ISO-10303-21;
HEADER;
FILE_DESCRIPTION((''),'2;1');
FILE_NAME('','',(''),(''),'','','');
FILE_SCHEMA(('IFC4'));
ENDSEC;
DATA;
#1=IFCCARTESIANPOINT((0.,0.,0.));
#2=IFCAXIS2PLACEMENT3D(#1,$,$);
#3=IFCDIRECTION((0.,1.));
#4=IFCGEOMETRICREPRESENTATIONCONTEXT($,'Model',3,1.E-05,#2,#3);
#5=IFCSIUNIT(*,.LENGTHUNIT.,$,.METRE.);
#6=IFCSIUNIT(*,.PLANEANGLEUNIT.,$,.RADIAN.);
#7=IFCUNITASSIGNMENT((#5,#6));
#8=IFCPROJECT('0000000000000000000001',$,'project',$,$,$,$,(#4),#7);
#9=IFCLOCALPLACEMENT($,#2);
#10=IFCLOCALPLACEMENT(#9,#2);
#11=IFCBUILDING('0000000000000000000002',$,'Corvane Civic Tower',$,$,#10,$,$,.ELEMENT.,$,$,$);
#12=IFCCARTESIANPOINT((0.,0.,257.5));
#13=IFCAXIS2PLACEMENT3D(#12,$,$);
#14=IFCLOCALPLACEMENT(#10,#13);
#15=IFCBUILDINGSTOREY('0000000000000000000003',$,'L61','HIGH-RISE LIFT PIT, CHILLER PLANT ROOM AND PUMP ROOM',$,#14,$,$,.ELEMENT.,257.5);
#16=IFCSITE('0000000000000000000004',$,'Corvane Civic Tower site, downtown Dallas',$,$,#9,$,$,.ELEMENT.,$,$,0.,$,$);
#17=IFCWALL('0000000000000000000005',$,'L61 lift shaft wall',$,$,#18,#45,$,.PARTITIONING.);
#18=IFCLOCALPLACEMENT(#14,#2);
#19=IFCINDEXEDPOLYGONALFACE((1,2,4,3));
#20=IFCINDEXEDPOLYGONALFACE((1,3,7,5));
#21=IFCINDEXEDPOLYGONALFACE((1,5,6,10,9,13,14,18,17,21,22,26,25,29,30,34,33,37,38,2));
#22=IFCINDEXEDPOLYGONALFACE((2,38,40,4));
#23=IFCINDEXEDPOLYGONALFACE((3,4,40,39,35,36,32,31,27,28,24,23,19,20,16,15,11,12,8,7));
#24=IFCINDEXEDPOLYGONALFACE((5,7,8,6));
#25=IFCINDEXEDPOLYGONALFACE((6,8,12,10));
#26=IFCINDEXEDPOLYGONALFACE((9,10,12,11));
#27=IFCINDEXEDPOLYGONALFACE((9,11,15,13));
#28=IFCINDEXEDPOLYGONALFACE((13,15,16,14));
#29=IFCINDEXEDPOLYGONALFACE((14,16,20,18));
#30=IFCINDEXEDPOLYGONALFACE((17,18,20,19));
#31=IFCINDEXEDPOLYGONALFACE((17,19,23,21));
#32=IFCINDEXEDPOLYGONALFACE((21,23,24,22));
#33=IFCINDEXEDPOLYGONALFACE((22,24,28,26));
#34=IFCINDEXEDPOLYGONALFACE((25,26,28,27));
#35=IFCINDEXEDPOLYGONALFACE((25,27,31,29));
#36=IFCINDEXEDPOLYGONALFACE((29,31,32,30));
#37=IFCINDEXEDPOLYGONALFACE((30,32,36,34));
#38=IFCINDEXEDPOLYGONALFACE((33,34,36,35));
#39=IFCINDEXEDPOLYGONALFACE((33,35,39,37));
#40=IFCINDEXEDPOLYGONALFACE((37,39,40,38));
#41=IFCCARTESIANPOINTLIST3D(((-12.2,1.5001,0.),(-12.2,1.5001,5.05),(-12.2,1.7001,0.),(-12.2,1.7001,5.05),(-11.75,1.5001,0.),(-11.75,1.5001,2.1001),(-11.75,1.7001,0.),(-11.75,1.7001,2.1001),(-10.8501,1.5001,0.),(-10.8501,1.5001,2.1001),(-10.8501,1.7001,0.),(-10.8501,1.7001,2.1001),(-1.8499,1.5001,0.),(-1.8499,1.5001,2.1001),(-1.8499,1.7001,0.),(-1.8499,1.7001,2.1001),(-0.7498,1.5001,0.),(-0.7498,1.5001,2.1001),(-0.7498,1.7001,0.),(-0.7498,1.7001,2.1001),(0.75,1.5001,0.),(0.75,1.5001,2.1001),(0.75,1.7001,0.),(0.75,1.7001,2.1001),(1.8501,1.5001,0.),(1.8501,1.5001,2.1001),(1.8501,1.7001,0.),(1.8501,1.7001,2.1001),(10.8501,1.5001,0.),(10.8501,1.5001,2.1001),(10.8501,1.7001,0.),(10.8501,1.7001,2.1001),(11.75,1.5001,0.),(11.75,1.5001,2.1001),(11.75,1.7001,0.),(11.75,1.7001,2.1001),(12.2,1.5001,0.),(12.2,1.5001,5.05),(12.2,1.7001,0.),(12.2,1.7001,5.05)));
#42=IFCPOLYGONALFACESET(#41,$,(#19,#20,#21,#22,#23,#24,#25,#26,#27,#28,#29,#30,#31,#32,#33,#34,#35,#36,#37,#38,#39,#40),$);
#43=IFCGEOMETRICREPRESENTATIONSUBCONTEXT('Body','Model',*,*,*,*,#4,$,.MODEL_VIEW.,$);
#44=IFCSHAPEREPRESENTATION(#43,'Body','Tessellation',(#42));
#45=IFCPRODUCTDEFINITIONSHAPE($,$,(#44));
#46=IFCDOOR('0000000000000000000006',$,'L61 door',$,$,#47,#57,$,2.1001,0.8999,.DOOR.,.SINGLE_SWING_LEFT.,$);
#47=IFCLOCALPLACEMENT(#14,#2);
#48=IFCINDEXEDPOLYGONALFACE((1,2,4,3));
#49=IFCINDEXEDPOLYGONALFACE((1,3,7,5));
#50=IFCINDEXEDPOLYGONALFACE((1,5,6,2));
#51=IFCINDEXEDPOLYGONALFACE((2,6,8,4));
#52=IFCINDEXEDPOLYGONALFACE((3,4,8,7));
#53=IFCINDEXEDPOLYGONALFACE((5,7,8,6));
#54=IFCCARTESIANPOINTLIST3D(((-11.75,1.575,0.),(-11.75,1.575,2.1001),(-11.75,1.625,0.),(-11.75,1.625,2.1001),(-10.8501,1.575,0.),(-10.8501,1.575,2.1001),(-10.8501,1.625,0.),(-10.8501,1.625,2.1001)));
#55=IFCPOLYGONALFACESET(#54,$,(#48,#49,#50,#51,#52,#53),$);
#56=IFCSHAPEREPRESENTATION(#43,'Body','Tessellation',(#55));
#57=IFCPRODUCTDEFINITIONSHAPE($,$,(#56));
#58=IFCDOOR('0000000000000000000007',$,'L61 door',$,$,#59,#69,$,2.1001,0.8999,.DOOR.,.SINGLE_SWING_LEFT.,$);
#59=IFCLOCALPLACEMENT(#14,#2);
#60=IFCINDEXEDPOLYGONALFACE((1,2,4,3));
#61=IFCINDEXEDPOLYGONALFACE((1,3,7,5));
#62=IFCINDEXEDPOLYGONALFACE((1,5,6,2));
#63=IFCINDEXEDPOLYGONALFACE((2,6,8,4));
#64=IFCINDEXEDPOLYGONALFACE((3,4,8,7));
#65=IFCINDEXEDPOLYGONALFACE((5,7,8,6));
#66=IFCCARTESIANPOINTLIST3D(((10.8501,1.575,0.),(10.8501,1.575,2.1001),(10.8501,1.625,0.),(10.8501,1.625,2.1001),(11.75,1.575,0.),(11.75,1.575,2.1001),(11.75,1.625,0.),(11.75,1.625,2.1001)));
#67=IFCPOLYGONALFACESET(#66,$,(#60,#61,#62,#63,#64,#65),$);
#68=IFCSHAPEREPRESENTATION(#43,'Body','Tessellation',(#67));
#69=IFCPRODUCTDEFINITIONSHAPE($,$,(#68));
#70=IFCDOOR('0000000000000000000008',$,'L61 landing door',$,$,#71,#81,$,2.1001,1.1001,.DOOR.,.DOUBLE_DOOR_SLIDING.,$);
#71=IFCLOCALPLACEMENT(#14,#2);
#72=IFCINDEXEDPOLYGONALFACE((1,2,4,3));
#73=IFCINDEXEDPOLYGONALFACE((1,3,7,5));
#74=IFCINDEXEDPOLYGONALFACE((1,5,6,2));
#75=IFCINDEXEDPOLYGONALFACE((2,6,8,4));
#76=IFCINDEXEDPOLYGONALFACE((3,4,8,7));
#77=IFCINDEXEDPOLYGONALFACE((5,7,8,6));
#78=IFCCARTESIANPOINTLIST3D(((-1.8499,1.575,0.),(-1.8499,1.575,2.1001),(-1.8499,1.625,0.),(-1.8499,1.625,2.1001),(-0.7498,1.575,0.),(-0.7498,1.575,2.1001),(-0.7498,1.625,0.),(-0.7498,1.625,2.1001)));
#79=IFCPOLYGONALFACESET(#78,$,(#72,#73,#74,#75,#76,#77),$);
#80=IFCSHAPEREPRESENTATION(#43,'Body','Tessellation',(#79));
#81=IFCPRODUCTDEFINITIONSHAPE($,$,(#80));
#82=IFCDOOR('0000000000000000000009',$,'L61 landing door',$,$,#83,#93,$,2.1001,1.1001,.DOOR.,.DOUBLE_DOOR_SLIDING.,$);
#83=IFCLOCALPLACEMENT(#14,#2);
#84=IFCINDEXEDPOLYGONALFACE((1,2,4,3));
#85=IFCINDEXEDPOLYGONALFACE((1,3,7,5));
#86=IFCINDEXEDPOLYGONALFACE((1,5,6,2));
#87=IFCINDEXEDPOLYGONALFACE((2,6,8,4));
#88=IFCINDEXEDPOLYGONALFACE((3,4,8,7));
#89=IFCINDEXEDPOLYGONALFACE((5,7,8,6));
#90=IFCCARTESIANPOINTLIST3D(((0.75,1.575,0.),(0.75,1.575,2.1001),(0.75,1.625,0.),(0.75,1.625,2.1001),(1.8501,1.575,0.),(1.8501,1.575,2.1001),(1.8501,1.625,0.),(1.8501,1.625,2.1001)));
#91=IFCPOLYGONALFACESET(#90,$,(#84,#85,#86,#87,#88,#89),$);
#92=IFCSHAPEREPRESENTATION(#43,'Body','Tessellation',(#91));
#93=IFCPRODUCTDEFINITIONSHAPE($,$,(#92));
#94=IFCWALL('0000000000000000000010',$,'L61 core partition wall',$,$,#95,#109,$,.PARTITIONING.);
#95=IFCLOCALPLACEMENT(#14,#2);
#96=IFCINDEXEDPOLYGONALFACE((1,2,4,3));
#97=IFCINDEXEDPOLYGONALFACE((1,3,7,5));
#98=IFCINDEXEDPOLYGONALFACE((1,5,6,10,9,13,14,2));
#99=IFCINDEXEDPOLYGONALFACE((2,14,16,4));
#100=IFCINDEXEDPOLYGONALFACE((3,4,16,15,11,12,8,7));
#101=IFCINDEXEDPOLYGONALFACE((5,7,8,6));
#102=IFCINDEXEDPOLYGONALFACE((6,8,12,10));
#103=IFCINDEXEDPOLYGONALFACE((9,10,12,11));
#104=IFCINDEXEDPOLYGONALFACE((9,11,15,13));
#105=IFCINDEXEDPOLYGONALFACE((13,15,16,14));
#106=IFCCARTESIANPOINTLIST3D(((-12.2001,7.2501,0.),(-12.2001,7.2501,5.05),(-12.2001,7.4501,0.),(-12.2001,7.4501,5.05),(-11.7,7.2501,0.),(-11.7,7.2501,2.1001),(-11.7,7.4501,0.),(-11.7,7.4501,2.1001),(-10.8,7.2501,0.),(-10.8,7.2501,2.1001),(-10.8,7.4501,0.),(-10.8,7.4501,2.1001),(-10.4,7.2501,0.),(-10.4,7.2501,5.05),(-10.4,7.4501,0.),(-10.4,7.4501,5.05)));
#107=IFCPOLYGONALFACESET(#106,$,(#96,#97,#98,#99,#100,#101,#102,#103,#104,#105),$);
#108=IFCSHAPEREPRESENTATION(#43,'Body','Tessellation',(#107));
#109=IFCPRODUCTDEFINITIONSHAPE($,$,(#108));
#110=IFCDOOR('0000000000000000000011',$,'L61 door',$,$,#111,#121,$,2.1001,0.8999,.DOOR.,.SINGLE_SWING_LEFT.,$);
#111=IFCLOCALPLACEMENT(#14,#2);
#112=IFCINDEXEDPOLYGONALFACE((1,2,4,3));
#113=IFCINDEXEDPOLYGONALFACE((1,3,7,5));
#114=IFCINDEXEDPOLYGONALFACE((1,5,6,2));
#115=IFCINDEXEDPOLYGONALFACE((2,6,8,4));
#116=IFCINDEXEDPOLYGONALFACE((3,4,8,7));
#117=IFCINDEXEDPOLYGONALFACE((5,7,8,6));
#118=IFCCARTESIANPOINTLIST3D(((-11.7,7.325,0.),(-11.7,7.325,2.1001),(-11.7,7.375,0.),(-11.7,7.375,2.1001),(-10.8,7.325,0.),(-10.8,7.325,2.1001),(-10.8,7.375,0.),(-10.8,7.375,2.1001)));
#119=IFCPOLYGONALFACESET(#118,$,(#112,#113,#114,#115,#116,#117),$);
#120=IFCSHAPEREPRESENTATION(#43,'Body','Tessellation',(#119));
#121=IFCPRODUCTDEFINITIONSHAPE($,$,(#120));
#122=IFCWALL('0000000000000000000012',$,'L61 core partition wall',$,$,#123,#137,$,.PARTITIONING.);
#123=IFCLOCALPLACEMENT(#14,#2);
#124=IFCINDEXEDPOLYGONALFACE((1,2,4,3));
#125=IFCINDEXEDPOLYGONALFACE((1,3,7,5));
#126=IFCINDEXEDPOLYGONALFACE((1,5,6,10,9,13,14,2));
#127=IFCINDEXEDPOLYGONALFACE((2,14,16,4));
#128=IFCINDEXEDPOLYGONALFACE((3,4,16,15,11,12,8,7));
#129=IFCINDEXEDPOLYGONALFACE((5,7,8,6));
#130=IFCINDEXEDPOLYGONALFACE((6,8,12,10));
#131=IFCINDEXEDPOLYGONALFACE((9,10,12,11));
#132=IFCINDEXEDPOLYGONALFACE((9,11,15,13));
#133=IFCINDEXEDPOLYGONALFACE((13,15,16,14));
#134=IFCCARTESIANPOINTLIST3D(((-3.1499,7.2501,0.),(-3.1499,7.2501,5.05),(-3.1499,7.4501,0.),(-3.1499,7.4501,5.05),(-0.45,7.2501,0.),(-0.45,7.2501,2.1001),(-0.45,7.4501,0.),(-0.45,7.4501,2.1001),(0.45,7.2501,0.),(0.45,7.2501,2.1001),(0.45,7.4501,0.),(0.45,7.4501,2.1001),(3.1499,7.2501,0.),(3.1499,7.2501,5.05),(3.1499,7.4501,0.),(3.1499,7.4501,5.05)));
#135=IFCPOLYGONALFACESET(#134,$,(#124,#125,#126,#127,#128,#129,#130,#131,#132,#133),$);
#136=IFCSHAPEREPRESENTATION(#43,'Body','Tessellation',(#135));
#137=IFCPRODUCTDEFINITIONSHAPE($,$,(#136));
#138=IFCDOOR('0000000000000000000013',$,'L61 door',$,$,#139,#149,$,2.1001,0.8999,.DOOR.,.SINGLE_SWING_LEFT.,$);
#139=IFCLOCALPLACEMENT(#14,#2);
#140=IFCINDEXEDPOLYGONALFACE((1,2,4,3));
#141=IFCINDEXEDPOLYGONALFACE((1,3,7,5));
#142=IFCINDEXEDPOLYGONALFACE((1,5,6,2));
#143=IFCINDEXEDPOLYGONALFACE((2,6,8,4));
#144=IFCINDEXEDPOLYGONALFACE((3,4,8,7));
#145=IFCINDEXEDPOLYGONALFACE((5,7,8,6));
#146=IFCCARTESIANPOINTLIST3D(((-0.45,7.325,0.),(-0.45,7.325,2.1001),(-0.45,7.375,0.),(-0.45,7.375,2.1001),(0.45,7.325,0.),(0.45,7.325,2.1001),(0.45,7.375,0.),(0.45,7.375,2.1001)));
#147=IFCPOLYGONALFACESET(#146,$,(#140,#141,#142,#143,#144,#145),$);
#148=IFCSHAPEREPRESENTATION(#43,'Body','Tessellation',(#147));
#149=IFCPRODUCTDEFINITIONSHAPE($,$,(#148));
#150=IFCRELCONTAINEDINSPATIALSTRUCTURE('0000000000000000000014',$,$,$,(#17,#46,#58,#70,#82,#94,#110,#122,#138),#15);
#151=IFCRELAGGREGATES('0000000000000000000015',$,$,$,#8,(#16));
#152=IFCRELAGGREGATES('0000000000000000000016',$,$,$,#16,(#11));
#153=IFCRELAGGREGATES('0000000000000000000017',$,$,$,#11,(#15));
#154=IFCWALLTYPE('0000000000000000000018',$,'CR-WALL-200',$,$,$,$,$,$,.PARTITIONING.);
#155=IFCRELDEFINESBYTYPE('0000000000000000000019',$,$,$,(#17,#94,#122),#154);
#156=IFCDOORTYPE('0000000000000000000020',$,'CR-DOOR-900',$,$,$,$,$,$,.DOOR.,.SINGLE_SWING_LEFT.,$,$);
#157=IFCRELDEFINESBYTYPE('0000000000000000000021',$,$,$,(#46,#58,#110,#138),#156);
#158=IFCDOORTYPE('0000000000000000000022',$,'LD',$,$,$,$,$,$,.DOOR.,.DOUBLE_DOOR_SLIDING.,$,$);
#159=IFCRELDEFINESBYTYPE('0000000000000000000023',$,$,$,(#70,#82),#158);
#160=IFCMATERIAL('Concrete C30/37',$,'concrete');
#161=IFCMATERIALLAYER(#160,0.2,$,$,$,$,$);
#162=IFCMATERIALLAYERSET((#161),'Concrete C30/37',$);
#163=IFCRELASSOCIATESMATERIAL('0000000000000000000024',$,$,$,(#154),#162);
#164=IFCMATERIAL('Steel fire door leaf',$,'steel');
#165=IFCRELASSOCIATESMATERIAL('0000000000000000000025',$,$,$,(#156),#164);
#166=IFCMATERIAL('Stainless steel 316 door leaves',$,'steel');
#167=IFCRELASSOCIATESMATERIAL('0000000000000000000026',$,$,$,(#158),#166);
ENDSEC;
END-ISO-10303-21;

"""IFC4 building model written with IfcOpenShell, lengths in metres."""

from ifc_helpers import new_model, si_unit, direction, frame, frame_2d, origin, place, context, subcontext, project, spatial, rectangle, extrude, material, layer, layer_set, type_object, element, fill, save


model = new_model("IFC4")

# Units and contexts
model_context = context("Model", 3, precision=1e-05, world=origin(), true_north=direction((0.0, 1.0)))
body_context = subcontext(model_context, "Body", "Model", "MODEL_VIEW")
ifc_project = project(units=[si_unit("LENGTHUNIT", "METRE"), si_unit("PLANEANGLEUNIT", "RADIAN")], contexts=[model_context])

# Site, building, storey
site_placement = place(None, origin())
site = spatial("IfcSite", under=ifc_project, at=site_placement, Name="Corvane Civic Tower site, downtown Dallas", CompositionType="ELEMENT", RefElevation=0.0)
building_placement = place(site_placement, origin())
building = spatial("IfcBuilding", under=site, at=building_placement, Name="Corvane Civic Tower", CompositionType="ELEMENT")
storey_placement = place(building_placement, frame((0.0, 0.0, 257.5)))
storey = spatial("IfcBuildingStorey", under=building, at=storey_placement, Name="L61", Description="HIGH-RISE LIFT PIT, CHILLER PLANT ROOM AND PUMP ROOM", CompositionType="ELEMENT", Elevation=257.5)

# Wall, openings, doors
ifc_material_1 = material(Name="Concrete C30/37", Category="concrete")
ifc_layer_1 = layer(ifc_material_1, 0.2)
ifc_layer_set_1 = layer_set([ifc_layer_1], Name="Concrete C30/37")
wall_type_1 = type_object("IfcWallType", Name="CR-WALL-200", PredefinedType="PARTITIONING", material=ifc_layer_set_1)
wall_1_placement = place(storey_placement, frame((-12.2, 1.6001, 0.0), z_axis=(0.0, 0.0, 1.0), x_axis=(1.0, 0.0, 0.0)))
wall_1 = element("IfcWall", 1, at=wall_1_placement, inside=storey, type_object=wall_type_1, Name="L61 lift shaft wall", PredefinedType="PARTITIONING", context=body_context, shape_type="SweptSolid", body=[
    extrude(rectangle(XDim=24.3999, YDim=0.2, at=frame_2d((12.2, 0.0))), origin(), (0.0, 0.0, 1.0), 5.05),
])
opening_1_placement = place(wall_1_placement, frame((10.3501, 0.0, 0.0)))
opening_1 = element("IfcOpeningElement", 2, at=opening_1_placement, cuts=wall_1, PredefinedType="OPENING", context=body_context, shape_type="SweptSolid", body=[
    extrude(rectangle(XDim=1.1001, YDim=2.1001, at=frame_2d((0.55, 1.05))), frame((0.0, 0.1099, 0.0), z_axis=(0.0, -1.0, 0.0), x_axis=(1.0, 0.0, 0.0)), (0.0, 0.0, 1.0), 0.22),
])
opening_2_placement = place(wall_1_placement, frame((12.95, 0.0, 0.0)))
opening_2 = element("IfcOpeningElement", 3, at=opening_2_placement, cuts=wall_1, PredefinedType="OPENING", context=body_context, shape_type="SweptSolid", body=[
    extrude(rectangle(XDim=1.1001, YDim=2.1001, at=frame_2d((0.55, 1.05))), frame((0.0, 0.1099, 0.0), z_axis=(0.0, -1.0, 0.0), x_axis=(1.0, 0.0, 0.0)), (0.0, 0.0, 1.0), 0.22),
])
opening_3_placement = place(wall_1_placement, frame((0.45, 0.0, 0.0)))
opening_3 = element("IfcOpeningElement", 4, at=opening_3_placement, cuts=wall_1, PredefinedType="OPENING", context=body_context, shape_type="SweptSolid", body=[
    extrude(rectangle(XDim=0.8999, YDim=2.1001, at=frame_2d((0.45, 1.05))), frame((0.0, 0.1099, 0.0), z_axis=(0.0, -1.0, 0.0), x_axis=(1.0, 0.0, 0.0)), (0.0, 0.0, 1.0), 0.22),
])
opening_4_placement = place(wall_1_placement, frame((23.05, 0.0, 0.0)))
opening_4 = element("IfcOpeningElement", 5, at=opening_4_placement, cuts=wall_1, PredefinedType="OPENING", context=body_context, shape_type="SweptSolid", body=[
    extrude(rectangle(XDim=0.8999, YDim=2.1001, at=frame_2d((0.45, 1.05))), frame((0.0, 0.1099, 0.0), z_axis=(0.0, -1.0, 0.0), x_axis=(1.0, 0.0, 0.0)), (0.0, 0.0, 1.0), 0.22),
])
ifc_material_2 = material(Name="Steel fire door leaf", Category="steel")
door_type_1 = type_object("IfcDoorType", Name="CR-DOOR-900", OperationType="SINGLE_SWING_LEFT", PredefinedType="DOOR", material=ifc_material_2)
door_1_placement = place(opening_3_placement, origin())
door_1 = element("IfcDoor", 6, at=door_1_placement, inside=storey, type_object=door_type_1, Name="L61 door", OperationType="SINGLE_SWING_LEFT", OverallHeight=2.1001, OverallWidth=0.8999, PredefinedType="DOOR", context=body_context, shape_type="SweptSolid", body=[
    extrude(rectangle(XDim=0.8999, YDim=2.1001, at=frame_2d((0.45, 1.05))), frame((0.0, 0.0249, 0.0), z_axis=(0.0, -1.0, 0.0), x_axis=(1.0, 0.0, 0.0)), (0.0, 0.0, 1.0), 0.05),
])
fill(opening_3, door_1)
door_2_placement = place(opening_4_placement, origin())
door_2 = element("IfcDoor", 7, at=door_2_placement, inside=storey, type_object=door_type_1, Name="L61 door", OperationType="SINGLE_SWING_LEFT", OverallHeight=2.1001, OverallWidth=0.8999, PredefinedType="DOOR", context=body_context, shape_type="SweptSolid", body=[
    extrude(rectangle(XDim=0.8999, YDim=2.1001, at=frame_2d((0.45, 1.05))), frame((0.0, 0.0249, 0.0), z_axis=(0.0, -1.0, 0.0), x_axis=(1.0, 0.0, 0.0)), (0.0, 0.0, 1.0), 0.05),
])
fill(opening_4, door_2)
ifc_material_3 = material(Name="Stainless steel 316 door leaves", Category="steel")
door_type_2 = type_object("IfcDoorType", Name="LD", OperationType="DOUBLE_DOOR_SLIDING", PredefinedType="DOOR", material=ifc_material_3)
door_3_placement = place(opening_1_placement, origin())
door_3 = element("IfcDoor", 8, at=door_3_placement, inside=storey, type_object=door_type_2, Name="L61 landing door", OperationType="DOUBLE_DOOR_SLIDING", OverallHeight=2.1001, OverallWidth=1.1001, PredefinedType="DOOR", context=body_context, shape_type="SweptSolid", body=[
    extrude(rectangle(XDim=1.1001, YDim=2.1001, at=frame_2d((0.55, 1.05))), frame((0.0, 0.0249, 0.0), z_axis=(0.0, -1.0, 0.0), x_axis=(1.0, 0.0, 0.0)), (0.0, 0.0, 1.0), 0.05),
])
fill(opening_1, door_3)
door_4_placement = place(opening_2_placement, origin())
door_4 = element("IfcDoor", 9, at=door_4_placement, inside=storey, type_object=door_type_2, Name="L61 landing door", OperationType="DOUBLE_DOOR_SLIDING", OverallHeight=2.1001, OverallWidth=1.1001, PredefinedType="DOOR", context=body_context, shape_type="SweptSolid", body=[
    extrude(rectangle(XDim=1.1001, YDim=2.1001, at=frame_2d((0.55, 1.05))), frame((0.0, 0.0249, 0.0), z_axis=(0.0, -1.0, 0.0), x_axis=(1.0, 0.0, 0.0)), (0.0, 0.0, 1.0), 0.05),
])
fill(opening_2, door_4)

# Walls, openings, doors
wall_2_placement = place(storey_placement, frame((-12.2, 7.3501, 0.0), z_axis=(0.0, 0.0, 1.0), x_axis=(1.0, 0.0, 0.0)))
wall_2 = element("IfcWall", 10, at=wall_2_placement, inside=storey, type_object=wall_type_1, Name="L61 core partition wall", PredefinedType="PARTITIONING", context=body_context, shape_type="SweptSolid", body=[
    extrude(rectangle(XDim=1.8, YDim=0.2, at=frame_2d((0.8999, 0.0))), origin(), (0.0, 0.0, 1.0), 5.05),
])
opening_5_placement = place(wall_2_placement, frame((0.5, 0.0, 0.0)))
opening_5 = element("IfcOpeningElement", 11, at=opening_5_placement, cuts=wall_2, PredefinedType="OPENING", context=body_context, shape_type="SweptSolid", body=[
    extrude(rectangle(XDim=0.8999, YDim=2.1001, at=frame_2d((0.45, 1.05))), frame((0.0, 0.1099, 0.0), z_axis=(0.0, -1.0, 0.0), x_axis=(1.0, 0.0, 0.0)), (0.0, 0.0, 1.0), 0.22),
])
door_5_placement = place(opening_5_placement, origin())
door_5 = element("IfcDoor", 12, at=door_5_placement, inside=storey, type_object=door_type_1, Name="L61 door", OperationType="SINGLE_SWING_LEFT", OverallHeight=2.1001, OverallWidth=0.8999, PredefinedType="DOOR", context=body_context, shape_type="SweptSolid", body=[
    extrude(rectangle(XDim=0.8999, YDim=2.1001, at=frame_2d((0.45, 1.05))), frame((0.0, 0.0249, 0.0), z_axis=(0.0, -1.0, 0.0), x_axis=(1.0, 0.0, 0.0)), (0.0, 0.0, 1.0), 0.05),
])
fill(opening_5, door_5)
wall_3_placement = place(storey_placement, frame((-3.1499, 7.3501, 0.0), z_axis=(0.0, 0.0, 1.0), x_axis=(1.0, 0.0, 0.0)))
wall_3 = element("IfcWall", 13, at=wall_3_placement, inside=storey, type_object=wall_type_1, Name="L61 core partition wall", PredefinedType="PARTITIONING", context=body_context, shape_type="SweptSolid", body=[
    extrude(rectangle(XDim=6.2998, YDim=0.2, at=frame_2d((3.1499, 0.0))), origin(), (0.0, 0.0, 1.0), 5.05),
])
opening_6_placement = place(wall_3_placement, frame((2.7, 0.0, 0.0)))
opening_6 = element("IfcOpeningElement", 14, at=opening_6_placement, cuts=wall_3, PredefinedType="OPENING", context=body_context, shape_type="SweptSolid", body=[
    extrude(rectangle(XDim=0.8999, YDim=2.1001, at=frame_2d((0.45, 1.05))), frame((0.0, 0.1099, 0.0), z_axis=(0.0, -1.0, 0.0), x_axis=(1.0, 0.0, 0.0)), (0.0, 0.0, 1.0), 0.22),
])
door_6_placement = place(opening_6_placement, origin())
door_6 = element("IfcDoor", 15, at=door_6_placement, inside=storey, type_object=door_type_1, Name="L61 door", OperationType="SINGLE_SWING_LEFT", OverallHeight=2.1001, OverallWidth=0.8999, PredefinedType="DOOR", context=body_context, shape_type="SweptSolid", body=[
    extrude(rectangle(XDim=0.8999, YDim=2.1001, at=frame_2d((0.45, 1.05))), frame((0.0, 0.0249, 0.0), z_axis=(0.0, -1.0, 0.0), x_axis=(1.0, 0.0, 0.0)), (0.0, 0.0, 1.0), 0.05),
])
fill(opening_6, door_6)

save(model, "model.ifc")
